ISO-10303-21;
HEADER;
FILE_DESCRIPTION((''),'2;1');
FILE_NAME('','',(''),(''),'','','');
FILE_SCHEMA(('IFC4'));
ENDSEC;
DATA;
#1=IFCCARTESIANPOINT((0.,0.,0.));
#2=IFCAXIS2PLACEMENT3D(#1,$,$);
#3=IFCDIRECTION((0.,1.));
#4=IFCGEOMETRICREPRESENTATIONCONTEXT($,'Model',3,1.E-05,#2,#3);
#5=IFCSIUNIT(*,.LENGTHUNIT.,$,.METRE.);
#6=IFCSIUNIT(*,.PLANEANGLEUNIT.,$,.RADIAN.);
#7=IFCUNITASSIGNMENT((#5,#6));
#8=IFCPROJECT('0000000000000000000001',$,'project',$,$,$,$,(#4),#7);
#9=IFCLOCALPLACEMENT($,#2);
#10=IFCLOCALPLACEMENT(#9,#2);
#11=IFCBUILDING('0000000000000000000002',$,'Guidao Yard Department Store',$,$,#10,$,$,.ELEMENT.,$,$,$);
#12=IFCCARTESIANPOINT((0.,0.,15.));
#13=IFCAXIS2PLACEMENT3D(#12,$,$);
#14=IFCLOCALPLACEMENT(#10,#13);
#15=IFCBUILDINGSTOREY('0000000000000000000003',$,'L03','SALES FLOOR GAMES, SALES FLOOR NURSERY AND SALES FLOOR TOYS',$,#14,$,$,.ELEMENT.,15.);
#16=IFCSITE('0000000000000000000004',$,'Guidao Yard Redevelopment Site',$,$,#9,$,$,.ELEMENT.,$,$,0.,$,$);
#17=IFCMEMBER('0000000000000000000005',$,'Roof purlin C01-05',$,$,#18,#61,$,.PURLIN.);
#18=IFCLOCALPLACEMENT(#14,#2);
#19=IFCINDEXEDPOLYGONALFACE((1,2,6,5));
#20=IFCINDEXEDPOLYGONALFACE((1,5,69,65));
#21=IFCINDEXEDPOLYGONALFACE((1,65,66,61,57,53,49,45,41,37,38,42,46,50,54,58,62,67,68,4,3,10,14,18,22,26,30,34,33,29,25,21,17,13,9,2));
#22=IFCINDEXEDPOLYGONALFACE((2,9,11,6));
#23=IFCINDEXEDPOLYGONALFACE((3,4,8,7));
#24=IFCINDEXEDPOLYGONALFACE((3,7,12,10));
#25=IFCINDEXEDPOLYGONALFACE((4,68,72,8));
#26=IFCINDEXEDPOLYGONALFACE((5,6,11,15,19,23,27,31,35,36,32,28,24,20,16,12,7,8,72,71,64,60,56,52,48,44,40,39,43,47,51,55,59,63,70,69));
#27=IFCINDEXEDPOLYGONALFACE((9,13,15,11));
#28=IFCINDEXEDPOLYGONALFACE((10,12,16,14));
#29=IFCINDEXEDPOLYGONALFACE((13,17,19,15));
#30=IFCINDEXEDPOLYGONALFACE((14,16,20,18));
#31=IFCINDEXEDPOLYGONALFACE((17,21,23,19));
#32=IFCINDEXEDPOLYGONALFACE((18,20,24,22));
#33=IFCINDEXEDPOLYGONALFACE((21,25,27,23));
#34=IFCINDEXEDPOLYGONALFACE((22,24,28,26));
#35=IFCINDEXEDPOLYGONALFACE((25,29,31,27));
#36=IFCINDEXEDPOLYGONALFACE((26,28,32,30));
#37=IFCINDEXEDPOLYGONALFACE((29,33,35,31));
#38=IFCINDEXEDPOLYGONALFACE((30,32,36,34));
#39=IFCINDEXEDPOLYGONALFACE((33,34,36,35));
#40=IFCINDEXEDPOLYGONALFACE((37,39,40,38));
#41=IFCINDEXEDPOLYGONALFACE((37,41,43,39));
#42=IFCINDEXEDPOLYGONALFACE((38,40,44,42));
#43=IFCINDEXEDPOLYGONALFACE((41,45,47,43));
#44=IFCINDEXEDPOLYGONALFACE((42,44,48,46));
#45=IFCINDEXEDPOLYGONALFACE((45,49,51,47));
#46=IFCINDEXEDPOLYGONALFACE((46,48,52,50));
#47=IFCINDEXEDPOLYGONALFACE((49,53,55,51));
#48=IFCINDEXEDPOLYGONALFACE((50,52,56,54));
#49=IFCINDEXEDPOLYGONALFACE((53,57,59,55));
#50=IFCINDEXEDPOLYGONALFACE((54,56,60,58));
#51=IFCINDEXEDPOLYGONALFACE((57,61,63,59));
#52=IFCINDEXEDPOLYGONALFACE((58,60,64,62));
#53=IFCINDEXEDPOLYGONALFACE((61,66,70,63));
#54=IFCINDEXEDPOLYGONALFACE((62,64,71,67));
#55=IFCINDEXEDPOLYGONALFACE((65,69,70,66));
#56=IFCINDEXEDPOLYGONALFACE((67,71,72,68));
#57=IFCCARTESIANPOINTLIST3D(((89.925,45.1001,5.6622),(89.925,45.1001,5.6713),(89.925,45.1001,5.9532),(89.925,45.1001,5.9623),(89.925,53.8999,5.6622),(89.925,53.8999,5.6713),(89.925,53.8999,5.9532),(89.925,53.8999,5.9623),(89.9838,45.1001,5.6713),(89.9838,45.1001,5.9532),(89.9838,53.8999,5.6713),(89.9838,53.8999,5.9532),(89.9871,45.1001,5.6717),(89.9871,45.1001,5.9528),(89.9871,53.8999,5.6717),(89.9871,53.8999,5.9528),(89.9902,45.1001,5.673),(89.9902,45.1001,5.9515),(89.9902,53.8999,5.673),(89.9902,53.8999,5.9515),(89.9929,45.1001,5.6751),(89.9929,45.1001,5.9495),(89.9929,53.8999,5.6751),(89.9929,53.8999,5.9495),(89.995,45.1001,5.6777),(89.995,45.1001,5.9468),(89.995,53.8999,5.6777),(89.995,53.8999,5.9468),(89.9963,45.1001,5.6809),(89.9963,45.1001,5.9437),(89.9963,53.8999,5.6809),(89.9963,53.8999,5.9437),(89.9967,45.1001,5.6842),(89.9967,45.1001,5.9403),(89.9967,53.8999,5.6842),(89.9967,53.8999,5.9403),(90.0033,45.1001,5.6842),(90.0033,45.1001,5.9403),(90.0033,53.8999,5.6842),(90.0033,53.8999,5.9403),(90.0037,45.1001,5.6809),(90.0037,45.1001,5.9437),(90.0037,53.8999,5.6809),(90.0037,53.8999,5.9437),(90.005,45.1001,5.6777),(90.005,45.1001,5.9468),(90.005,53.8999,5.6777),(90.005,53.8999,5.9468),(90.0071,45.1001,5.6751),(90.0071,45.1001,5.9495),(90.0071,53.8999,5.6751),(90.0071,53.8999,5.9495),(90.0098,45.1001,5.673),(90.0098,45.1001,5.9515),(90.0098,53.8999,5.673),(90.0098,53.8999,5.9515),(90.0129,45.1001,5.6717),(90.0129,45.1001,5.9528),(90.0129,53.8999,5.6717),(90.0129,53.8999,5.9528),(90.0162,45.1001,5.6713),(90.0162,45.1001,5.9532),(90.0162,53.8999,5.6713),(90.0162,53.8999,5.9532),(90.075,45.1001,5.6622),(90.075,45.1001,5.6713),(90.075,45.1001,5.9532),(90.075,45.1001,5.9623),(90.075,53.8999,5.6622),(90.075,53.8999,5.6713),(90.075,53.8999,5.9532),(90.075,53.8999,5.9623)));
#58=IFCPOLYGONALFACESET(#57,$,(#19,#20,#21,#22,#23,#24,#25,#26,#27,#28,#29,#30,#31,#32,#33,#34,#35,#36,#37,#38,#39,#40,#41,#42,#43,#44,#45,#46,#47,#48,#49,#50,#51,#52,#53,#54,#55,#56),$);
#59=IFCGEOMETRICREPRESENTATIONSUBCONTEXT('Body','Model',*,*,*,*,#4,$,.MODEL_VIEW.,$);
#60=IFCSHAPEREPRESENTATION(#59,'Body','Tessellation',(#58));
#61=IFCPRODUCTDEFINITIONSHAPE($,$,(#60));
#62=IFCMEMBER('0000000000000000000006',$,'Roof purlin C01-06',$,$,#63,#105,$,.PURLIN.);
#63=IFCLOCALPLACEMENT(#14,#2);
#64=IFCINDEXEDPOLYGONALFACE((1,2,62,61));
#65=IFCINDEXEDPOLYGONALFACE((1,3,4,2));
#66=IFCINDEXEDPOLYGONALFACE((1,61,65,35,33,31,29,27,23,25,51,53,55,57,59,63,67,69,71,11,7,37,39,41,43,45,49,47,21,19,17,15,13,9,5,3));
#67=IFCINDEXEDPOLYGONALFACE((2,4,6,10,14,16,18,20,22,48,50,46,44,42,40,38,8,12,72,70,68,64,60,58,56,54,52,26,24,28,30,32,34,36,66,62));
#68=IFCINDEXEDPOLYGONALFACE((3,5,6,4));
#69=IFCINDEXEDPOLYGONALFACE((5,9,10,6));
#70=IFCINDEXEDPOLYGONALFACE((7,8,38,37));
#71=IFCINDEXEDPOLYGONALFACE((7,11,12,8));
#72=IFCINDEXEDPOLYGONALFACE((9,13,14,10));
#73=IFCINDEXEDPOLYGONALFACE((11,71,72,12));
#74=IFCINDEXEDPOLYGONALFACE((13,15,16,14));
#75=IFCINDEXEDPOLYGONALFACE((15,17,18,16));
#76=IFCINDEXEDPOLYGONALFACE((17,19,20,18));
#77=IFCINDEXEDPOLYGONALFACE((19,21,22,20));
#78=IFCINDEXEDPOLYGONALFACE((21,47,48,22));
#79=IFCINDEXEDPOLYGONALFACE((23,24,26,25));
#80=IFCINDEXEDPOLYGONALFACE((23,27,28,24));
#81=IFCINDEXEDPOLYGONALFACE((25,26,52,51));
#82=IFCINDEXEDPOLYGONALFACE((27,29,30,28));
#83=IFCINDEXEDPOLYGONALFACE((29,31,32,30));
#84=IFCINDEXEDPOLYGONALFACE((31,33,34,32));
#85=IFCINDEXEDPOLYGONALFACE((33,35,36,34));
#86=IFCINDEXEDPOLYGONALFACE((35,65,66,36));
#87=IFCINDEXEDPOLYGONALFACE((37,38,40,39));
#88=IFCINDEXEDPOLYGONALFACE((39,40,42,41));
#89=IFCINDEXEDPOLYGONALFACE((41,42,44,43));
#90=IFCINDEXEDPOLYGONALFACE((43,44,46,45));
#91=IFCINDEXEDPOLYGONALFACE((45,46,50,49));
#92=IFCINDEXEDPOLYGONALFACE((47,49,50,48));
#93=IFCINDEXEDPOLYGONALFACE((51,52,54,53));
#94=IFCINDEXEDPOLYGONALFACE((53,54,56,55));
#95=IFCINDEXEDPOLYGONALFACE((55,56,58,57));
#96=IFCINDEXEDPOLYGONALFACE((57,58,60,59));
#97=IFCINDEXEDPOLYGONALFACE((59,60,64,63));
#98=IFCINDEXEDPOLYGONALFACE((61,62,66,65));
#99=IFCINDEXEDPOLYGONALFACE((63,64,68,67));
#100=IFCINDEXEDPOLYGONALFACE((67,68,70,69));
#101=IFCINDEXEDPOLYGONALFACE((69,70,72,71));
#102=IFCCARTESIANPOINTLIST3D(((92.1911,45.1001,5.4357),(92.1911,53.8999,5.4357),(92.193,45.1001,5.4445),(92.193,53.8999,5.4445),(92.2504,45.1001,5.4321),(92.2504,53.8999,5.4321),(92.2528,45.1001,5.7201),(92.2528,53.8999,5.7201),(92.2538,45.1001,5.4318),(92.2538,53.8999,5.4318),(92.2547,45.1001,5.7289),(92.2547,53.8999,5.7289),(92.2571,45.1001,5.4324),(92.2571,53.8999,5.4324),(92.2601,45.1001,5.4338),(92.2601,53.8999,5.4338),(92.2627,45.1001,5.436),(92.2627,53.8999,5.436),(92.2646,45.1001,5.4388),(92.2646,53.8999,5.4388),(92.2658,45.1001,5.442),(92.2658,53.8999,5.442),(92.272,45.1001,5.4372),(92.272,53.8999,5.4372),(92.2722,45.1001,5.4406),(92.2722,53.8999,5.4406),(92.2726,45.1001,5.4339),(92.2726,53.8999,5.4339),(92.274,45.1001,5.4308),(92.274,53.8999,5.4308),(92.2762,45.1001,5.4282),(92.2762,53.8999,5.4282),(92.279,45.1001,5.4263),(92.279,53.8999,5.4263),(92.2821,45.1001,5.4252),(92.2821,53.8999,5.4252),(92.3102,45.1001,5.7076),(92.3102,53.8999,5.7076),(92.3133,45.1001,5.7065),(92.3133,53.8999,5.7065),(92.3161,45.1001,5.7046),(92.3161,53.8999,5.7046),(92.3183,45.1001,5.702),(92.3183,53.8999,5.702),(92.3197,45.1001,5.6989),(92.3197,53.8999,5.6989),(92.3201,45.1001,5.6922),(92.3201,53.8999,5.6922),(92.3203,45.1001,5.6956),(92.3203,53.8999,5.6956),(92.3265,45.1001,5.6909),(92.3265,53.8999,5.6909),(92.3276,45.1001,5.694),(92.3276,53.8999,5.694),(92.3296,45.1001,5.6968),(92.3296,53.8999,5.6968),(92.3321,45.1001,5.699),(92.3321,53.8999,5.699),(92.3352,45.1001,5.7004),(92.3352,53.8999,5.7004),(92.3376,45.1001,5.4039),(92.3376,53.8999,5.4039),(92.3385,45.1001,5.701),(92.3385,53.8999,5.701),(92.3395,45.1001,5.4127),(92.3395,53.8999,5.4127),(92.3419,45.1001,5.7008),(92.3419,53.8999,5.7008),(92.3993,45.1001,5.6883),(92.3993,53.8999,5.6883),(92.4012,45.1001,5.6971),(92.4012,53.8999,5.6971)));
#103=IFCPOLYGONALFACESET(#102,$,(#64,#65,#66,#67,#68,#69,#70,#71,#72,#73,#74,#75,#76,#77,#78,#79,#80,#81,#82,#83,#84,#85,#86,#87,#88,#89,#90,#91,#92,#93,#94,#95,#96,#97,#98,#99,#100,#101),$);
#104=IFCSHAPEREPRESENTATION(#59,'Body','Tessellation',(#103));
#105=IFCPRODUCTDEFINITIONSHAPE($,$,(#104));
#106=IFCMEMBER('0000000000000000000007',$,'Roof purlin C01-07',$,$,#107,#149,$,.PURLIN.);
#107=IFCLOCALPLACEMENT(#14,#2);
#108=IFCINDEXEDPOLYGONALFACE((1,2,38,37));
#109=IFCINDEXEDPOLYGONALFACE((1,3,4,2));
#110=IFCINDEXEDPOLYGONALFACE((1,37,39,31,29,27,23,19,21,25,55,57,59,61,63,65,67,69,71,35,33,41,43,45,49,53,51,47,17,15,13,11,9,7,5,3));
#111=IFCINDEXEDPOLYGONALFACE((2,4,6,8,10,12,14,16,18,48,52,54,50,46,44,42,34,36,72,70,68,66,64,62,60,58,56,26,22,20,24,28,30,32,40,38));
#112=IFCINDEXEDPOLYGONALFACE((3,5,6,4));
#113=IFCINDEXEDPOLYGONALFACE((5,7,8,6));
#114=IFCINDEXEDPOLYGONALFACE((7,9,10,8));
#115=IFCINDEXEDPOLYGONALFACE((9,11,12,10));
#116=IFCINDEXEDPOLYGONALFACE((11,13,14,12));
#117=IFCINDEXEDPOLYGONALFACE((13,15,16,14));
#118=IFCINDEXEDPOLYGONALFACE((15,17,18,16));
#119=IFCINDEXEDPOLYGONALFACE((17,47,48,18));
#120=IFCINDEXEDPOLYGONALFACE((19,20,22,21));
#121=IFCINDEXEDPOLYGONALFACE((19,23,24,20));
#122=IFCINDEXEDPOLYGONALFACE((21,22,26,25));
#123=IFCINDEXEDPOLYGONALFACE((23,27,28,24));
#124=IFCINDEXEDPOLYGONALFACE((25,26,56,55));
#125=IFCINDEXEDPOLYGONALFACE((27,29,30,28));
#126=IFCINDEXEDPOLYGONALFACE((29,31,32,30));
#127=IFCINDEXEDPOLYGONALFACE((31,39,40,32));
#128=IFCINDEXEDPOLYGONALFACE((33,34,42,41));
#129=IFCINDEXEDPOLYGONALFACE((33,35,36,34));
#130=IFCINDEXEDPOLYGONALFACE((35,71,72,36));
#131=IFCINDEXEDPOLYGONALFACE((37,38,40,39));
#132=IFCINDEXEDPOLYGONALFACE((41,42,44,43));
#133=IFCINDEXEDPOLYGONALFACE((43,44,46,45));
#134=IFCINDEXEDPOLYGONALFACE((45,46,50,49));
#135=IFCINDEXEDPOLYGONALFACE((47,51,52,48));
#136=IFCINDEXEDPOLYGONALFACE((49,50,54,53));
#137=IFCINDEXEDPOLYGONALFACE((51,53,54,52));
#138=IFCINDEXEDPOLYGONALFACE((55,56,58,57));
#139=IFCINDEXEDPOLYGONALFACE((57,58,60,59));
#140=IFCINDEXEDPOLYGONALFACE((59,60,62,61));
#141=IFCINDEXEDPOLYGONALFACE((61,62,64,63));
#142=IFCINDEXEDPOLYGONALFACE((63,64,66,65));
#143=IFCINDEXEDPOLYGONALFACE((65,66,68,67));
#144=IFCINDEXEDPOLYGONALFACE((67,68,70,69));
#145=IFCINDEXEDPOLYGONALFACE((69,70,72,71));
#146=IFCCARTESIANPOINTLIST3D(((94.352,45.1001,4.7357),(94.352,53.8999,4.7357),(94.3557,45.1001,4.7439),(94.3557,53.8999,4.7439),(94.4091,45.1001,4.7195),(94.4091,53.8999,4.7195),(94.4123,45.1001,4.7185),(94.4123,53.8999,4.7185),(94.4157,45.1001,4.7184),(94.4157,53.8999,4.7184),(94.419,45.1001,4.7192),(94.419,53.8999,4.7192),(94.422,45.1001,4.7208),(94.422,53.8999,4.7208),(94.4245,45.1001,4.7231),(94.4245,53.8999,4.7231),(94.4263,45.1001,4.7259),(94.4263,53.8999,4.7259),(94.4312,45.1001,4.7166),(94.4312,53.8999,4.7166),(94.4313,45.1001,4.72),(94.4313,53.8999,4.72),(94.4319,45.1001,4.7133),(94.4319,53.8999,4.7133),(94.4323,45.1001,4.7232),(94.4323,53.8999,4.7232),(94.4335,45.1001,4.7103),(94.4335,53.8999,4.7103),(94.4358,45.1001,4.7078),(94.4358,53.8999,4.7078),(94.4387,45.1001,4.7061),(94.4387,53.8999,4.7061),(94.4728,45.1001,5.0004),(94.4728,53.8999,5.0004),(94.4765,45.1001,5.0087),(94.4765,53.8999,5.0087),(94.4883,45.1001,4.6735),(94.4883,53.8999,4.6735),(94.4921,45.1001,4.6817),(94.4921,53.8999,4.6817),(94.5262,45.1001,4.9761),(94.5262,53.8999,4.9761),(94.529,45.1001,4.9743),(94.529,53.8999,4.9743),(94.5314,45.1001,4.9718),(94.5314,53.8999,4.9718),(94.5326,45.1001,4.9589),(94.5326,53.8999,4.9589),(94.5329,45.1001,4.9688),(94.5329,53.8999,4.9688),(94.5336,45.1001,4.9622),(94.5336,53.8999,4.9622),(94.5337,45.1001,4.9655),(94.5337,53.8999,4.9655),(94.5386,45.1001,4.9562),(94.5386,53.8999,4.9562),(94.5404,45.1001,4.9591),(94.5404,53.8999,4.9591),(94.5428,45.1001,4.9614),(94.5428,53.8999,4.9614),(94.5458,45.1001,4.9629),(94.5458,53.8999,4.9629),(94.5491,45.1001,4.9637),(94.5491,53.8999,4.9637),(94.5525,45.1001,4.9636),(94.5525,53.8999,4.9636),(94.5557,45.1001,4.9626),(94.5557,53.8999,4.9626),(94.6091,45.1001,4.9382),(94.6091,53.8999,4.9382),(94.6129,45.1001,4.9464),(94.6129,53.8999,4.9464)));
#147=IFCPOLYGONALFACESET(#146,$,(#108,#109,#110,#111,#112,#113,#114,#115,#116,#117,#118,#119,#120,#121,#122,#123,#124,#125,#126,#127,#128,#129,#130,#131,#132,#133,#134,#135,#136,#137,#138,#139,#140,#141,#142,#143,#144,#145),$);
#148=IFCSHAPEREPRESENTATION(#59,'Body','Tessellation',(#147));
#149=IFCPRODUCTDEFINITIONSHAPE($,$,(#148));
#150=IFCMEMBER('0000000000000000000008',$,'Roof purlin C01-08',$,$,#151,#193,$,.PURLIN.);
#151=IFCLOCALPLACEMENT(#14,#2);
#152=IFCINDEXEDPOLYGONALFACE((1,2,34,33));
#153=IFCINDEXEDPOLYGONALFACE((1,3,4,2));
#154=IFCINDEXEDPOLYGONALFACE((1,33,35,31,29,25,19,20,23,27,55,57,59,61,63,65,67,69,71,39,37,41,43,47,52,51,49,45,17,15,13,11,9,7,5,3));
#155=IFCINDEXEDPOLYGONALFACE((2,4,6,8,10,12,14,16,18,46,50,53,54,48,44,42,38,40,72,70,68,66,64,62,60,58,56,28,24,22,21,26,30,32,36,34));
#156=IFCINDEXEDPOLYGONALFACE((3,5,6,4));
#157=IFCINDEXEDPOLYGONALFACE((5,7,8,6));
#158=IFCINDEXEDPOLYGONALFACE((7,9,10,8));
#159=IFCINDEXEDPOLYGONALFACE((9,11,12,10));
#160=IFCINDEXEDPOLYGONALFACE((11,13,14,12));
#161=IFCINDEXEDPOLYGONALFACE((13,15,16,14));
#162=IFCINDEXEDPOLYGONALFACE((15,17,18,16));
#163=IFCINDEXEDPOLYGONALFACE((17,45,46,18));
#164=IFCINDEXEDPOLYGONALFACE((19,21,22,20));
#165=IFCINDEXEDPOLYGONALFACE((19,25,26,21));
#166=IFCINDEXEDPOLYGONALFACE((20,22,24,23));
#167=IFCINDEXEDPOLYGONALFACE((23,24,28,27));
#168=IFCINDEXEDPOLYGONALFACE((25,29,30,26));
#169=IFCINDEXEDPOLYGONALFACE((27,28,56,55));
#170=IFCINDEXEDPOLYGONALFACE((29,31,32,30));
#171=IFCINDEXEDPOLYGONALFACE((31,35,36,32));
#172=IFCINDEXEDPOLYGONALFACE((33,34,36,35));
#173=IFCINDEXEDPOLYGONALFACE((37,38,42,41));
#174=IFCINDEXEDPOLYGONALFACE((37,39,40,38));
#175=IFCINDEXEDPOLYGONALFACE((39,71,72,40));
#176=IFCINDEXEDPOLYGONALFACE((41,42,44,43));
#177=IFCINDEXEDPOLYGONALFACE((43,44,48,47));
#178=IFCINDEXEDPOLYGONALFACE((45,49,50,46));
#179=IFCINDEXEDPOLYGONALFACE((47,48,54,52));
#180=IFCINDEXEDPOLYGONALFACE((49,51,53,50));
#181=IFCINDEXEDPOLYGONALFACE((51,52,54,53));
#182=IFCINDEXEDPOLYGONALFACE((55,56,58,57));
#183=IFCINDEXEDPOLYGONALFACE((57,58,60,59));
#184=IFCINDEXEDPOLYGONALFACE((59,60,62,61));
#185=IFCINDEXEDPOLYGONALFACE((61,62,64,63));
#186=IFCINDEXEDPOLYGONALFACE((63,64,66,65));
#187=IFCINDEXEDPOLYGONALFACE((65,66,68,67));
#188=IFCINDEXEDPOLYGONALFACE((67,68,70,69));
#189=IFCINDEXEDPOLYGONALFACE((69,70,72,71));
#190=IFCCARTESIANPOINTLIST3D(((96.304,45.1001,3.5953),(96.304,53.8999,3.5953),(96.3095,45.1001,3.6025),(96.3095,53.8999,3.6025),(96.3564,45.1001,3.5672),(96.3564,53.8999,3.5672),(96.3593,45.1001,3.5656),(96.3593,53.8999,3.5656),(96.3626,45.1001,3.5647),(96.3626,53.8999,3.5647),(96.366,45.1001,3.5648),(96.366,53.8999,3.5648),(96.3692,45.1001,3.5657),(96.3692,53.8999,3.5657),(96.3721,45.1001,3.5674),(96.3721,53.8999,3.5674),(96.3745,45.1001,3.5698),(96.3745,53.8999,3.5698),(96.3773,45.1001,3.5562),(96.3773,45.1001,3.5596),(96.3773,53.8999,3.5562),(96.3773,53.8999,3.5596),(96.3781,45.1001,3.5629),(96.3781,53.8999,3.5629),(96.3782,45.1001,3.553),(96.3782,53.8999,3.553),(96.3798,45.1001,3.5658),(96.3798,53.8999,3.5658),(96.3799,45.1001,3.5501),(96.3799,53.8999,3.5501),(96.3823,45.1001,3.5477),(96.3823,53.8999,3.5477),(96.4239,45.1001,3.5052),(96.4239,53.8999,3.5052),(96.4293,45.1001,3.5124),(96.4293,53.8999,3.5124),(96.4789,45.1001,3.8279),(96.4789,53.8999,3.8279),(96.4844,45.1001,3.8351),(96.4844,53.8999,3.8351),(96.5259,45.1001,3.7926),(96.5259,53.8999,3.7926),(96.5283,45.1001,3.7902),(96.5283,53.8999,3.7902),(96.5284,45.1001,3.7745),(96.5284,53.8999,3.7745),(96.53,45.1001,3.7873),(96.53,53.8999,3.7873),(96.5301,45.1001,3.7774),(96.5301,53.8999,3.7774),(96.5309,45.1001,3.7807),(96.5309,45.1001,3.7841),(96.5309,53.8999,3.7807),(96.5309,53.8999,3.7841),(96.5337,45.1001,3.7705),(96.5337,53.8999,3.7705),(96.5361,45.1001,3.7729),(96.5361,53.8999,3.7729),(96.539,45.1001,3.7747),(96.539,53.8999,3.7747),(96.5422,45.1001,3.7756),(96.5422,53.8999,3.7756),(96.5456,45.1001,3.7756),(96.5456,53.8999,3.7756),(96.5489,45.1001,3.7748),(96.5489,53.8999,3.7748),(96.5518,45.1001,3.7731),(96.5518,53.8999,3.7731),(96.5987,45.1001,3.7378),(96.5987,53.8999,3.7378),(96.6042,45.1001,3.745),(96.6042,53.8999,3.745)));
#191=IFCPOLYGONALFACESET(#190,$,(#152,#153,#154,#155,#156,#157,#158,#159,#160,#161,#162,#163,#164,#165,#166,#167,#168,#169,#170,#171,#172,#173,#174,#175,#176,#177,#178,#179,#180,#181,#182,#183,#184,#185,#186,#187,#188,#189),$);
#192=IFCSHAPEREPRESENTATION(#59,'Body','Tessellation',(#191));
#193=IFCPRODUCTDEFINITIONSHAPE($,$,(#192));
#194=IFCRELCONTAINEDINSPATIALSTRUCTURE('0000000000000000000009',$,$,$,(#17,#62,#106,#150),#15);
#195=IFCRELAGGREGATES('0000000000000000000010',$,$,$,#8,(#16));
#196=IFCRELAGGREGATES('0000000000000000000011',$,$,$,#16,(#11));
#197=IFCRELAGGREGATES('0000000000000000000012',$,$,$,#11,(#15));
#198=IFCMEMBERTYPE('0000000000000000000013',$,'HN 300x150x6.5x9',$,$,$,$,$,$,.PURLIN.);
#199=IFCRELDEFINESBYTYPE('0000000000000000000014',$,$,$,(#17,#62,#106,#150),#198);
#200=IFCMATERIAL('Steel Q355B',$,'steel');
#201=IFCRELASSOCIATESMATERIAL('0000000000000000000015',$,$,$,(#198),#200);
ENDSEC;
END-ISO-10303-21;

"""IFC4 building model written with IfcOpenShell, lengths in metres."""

from ifc_helpers import new_model, si_unit, direction, frame, origin, origin_2d, place, context, subcontext, project, spatial, i_section, extrude, material, material_profile, profile_set, type_object, element, save


model = new_model("IFC4")

# Units and contexts
model_context = context("Model", 3, precision=1e-05, world=origin(), true_north=direction((0.0, 1.0)))
body_context = subcontext(model_context, "Body", "Model", "MODEL_VIEW")
ifc_project = project(units=[si_unit("LENGTHUNIT", "METRE"), si_unit("PLANEANGLEUNIT", "RADIAN")], contexts=[model_context])

# Site, building, storey
site_placement = place(None, origin())
site = spatial("IfcSite", under=ifc_project, at=site_placement, Name="Guidao Yard Redevelopment Site", CompositionType="ELEMENT", RefElevation=0.0)
building_placement = place(site_placement, origin())
building = spatial("IfcBuilding", under=site, at=building_placement, Name="Guidao Yard Department Store", CompositionType="ELEMENT")
storey_placement = place(building_placement, frame((0.0, 0.0, 15.0)))
storey = spatial("IfcBuildingStorey", under=building, at=storey_placement, Name="L03", Description="SALES FLOOR GAMES, SALES FLOOR NURSERY AND SALES FLOOR TOYS", CompositionType="ELEMENT", Elevation=15.0)

# Members
ifc_material_1 = material(Name="Steel Q355B", Category="steel")
ifc_material_profile_1 = material_profile(ifc_material_1, i_section(OverallWidth=0.1499, OverallDepth=0.3, WebThickness=0.0066, FlangeThickness=0.009, FilletRadius=0.0129, at=origin_2d()), Name="HN 300x150x6.5x9")
ifc_profile_set_1 = profile_set([ifc_material_profile_1], Name="Steel Q355B")
member_type_1 = type_object("IfcMemberType", Name="HN 300x150x6.5x9", PredefinedType="PURLIN", material=ifc_profile_set_1)
for number, where, z_axis, x_axis, name in (
    (1, (90.0, 45.1001, 5.8123), (0.0, 1.0, 0.0), (-1.0, 0.0, 0.0), "Roof purlin C01-05"),
    (2, (92.2961, 45.1001, 5.5664), (0.0, 1.0, 0.0), (-0.977292, 0.0, 0.211897), "Roof purlin C01-06"),
    (3, (94.4824, 45.1001, 4.8411), (0.0, 1.0, 0.0), (-0.909751, 0.0, 0.415155), "Roof purlin C01-07"),
    (4, (96.4541, 45.1001, 3.6702), (0.0, 1.0, 0.0), (-0.799284, 0.0, 0.600954), "Roof purlin C01-08"),
):
    element("IfcMember", number, at=place(storey_placement, frame(where, z_axis=z_axis, x_axis=x_axis)), inside=storey, type_object=member_type_1, Name=name, PredefinedType="PURLIN", context=body_context, shape_type="SweptSolid", body=[
        extrude(i_section(OverallWidth=0.1499, OverallDepth=0.3, WebThickness=0.0066, FlangeThickness=0.009, FilletRadius=0.0129, at=origin_2d()), origin(), (0.0, 0.0, 1.0), 8.7998),
    ])

save(model, "model.ifc")
